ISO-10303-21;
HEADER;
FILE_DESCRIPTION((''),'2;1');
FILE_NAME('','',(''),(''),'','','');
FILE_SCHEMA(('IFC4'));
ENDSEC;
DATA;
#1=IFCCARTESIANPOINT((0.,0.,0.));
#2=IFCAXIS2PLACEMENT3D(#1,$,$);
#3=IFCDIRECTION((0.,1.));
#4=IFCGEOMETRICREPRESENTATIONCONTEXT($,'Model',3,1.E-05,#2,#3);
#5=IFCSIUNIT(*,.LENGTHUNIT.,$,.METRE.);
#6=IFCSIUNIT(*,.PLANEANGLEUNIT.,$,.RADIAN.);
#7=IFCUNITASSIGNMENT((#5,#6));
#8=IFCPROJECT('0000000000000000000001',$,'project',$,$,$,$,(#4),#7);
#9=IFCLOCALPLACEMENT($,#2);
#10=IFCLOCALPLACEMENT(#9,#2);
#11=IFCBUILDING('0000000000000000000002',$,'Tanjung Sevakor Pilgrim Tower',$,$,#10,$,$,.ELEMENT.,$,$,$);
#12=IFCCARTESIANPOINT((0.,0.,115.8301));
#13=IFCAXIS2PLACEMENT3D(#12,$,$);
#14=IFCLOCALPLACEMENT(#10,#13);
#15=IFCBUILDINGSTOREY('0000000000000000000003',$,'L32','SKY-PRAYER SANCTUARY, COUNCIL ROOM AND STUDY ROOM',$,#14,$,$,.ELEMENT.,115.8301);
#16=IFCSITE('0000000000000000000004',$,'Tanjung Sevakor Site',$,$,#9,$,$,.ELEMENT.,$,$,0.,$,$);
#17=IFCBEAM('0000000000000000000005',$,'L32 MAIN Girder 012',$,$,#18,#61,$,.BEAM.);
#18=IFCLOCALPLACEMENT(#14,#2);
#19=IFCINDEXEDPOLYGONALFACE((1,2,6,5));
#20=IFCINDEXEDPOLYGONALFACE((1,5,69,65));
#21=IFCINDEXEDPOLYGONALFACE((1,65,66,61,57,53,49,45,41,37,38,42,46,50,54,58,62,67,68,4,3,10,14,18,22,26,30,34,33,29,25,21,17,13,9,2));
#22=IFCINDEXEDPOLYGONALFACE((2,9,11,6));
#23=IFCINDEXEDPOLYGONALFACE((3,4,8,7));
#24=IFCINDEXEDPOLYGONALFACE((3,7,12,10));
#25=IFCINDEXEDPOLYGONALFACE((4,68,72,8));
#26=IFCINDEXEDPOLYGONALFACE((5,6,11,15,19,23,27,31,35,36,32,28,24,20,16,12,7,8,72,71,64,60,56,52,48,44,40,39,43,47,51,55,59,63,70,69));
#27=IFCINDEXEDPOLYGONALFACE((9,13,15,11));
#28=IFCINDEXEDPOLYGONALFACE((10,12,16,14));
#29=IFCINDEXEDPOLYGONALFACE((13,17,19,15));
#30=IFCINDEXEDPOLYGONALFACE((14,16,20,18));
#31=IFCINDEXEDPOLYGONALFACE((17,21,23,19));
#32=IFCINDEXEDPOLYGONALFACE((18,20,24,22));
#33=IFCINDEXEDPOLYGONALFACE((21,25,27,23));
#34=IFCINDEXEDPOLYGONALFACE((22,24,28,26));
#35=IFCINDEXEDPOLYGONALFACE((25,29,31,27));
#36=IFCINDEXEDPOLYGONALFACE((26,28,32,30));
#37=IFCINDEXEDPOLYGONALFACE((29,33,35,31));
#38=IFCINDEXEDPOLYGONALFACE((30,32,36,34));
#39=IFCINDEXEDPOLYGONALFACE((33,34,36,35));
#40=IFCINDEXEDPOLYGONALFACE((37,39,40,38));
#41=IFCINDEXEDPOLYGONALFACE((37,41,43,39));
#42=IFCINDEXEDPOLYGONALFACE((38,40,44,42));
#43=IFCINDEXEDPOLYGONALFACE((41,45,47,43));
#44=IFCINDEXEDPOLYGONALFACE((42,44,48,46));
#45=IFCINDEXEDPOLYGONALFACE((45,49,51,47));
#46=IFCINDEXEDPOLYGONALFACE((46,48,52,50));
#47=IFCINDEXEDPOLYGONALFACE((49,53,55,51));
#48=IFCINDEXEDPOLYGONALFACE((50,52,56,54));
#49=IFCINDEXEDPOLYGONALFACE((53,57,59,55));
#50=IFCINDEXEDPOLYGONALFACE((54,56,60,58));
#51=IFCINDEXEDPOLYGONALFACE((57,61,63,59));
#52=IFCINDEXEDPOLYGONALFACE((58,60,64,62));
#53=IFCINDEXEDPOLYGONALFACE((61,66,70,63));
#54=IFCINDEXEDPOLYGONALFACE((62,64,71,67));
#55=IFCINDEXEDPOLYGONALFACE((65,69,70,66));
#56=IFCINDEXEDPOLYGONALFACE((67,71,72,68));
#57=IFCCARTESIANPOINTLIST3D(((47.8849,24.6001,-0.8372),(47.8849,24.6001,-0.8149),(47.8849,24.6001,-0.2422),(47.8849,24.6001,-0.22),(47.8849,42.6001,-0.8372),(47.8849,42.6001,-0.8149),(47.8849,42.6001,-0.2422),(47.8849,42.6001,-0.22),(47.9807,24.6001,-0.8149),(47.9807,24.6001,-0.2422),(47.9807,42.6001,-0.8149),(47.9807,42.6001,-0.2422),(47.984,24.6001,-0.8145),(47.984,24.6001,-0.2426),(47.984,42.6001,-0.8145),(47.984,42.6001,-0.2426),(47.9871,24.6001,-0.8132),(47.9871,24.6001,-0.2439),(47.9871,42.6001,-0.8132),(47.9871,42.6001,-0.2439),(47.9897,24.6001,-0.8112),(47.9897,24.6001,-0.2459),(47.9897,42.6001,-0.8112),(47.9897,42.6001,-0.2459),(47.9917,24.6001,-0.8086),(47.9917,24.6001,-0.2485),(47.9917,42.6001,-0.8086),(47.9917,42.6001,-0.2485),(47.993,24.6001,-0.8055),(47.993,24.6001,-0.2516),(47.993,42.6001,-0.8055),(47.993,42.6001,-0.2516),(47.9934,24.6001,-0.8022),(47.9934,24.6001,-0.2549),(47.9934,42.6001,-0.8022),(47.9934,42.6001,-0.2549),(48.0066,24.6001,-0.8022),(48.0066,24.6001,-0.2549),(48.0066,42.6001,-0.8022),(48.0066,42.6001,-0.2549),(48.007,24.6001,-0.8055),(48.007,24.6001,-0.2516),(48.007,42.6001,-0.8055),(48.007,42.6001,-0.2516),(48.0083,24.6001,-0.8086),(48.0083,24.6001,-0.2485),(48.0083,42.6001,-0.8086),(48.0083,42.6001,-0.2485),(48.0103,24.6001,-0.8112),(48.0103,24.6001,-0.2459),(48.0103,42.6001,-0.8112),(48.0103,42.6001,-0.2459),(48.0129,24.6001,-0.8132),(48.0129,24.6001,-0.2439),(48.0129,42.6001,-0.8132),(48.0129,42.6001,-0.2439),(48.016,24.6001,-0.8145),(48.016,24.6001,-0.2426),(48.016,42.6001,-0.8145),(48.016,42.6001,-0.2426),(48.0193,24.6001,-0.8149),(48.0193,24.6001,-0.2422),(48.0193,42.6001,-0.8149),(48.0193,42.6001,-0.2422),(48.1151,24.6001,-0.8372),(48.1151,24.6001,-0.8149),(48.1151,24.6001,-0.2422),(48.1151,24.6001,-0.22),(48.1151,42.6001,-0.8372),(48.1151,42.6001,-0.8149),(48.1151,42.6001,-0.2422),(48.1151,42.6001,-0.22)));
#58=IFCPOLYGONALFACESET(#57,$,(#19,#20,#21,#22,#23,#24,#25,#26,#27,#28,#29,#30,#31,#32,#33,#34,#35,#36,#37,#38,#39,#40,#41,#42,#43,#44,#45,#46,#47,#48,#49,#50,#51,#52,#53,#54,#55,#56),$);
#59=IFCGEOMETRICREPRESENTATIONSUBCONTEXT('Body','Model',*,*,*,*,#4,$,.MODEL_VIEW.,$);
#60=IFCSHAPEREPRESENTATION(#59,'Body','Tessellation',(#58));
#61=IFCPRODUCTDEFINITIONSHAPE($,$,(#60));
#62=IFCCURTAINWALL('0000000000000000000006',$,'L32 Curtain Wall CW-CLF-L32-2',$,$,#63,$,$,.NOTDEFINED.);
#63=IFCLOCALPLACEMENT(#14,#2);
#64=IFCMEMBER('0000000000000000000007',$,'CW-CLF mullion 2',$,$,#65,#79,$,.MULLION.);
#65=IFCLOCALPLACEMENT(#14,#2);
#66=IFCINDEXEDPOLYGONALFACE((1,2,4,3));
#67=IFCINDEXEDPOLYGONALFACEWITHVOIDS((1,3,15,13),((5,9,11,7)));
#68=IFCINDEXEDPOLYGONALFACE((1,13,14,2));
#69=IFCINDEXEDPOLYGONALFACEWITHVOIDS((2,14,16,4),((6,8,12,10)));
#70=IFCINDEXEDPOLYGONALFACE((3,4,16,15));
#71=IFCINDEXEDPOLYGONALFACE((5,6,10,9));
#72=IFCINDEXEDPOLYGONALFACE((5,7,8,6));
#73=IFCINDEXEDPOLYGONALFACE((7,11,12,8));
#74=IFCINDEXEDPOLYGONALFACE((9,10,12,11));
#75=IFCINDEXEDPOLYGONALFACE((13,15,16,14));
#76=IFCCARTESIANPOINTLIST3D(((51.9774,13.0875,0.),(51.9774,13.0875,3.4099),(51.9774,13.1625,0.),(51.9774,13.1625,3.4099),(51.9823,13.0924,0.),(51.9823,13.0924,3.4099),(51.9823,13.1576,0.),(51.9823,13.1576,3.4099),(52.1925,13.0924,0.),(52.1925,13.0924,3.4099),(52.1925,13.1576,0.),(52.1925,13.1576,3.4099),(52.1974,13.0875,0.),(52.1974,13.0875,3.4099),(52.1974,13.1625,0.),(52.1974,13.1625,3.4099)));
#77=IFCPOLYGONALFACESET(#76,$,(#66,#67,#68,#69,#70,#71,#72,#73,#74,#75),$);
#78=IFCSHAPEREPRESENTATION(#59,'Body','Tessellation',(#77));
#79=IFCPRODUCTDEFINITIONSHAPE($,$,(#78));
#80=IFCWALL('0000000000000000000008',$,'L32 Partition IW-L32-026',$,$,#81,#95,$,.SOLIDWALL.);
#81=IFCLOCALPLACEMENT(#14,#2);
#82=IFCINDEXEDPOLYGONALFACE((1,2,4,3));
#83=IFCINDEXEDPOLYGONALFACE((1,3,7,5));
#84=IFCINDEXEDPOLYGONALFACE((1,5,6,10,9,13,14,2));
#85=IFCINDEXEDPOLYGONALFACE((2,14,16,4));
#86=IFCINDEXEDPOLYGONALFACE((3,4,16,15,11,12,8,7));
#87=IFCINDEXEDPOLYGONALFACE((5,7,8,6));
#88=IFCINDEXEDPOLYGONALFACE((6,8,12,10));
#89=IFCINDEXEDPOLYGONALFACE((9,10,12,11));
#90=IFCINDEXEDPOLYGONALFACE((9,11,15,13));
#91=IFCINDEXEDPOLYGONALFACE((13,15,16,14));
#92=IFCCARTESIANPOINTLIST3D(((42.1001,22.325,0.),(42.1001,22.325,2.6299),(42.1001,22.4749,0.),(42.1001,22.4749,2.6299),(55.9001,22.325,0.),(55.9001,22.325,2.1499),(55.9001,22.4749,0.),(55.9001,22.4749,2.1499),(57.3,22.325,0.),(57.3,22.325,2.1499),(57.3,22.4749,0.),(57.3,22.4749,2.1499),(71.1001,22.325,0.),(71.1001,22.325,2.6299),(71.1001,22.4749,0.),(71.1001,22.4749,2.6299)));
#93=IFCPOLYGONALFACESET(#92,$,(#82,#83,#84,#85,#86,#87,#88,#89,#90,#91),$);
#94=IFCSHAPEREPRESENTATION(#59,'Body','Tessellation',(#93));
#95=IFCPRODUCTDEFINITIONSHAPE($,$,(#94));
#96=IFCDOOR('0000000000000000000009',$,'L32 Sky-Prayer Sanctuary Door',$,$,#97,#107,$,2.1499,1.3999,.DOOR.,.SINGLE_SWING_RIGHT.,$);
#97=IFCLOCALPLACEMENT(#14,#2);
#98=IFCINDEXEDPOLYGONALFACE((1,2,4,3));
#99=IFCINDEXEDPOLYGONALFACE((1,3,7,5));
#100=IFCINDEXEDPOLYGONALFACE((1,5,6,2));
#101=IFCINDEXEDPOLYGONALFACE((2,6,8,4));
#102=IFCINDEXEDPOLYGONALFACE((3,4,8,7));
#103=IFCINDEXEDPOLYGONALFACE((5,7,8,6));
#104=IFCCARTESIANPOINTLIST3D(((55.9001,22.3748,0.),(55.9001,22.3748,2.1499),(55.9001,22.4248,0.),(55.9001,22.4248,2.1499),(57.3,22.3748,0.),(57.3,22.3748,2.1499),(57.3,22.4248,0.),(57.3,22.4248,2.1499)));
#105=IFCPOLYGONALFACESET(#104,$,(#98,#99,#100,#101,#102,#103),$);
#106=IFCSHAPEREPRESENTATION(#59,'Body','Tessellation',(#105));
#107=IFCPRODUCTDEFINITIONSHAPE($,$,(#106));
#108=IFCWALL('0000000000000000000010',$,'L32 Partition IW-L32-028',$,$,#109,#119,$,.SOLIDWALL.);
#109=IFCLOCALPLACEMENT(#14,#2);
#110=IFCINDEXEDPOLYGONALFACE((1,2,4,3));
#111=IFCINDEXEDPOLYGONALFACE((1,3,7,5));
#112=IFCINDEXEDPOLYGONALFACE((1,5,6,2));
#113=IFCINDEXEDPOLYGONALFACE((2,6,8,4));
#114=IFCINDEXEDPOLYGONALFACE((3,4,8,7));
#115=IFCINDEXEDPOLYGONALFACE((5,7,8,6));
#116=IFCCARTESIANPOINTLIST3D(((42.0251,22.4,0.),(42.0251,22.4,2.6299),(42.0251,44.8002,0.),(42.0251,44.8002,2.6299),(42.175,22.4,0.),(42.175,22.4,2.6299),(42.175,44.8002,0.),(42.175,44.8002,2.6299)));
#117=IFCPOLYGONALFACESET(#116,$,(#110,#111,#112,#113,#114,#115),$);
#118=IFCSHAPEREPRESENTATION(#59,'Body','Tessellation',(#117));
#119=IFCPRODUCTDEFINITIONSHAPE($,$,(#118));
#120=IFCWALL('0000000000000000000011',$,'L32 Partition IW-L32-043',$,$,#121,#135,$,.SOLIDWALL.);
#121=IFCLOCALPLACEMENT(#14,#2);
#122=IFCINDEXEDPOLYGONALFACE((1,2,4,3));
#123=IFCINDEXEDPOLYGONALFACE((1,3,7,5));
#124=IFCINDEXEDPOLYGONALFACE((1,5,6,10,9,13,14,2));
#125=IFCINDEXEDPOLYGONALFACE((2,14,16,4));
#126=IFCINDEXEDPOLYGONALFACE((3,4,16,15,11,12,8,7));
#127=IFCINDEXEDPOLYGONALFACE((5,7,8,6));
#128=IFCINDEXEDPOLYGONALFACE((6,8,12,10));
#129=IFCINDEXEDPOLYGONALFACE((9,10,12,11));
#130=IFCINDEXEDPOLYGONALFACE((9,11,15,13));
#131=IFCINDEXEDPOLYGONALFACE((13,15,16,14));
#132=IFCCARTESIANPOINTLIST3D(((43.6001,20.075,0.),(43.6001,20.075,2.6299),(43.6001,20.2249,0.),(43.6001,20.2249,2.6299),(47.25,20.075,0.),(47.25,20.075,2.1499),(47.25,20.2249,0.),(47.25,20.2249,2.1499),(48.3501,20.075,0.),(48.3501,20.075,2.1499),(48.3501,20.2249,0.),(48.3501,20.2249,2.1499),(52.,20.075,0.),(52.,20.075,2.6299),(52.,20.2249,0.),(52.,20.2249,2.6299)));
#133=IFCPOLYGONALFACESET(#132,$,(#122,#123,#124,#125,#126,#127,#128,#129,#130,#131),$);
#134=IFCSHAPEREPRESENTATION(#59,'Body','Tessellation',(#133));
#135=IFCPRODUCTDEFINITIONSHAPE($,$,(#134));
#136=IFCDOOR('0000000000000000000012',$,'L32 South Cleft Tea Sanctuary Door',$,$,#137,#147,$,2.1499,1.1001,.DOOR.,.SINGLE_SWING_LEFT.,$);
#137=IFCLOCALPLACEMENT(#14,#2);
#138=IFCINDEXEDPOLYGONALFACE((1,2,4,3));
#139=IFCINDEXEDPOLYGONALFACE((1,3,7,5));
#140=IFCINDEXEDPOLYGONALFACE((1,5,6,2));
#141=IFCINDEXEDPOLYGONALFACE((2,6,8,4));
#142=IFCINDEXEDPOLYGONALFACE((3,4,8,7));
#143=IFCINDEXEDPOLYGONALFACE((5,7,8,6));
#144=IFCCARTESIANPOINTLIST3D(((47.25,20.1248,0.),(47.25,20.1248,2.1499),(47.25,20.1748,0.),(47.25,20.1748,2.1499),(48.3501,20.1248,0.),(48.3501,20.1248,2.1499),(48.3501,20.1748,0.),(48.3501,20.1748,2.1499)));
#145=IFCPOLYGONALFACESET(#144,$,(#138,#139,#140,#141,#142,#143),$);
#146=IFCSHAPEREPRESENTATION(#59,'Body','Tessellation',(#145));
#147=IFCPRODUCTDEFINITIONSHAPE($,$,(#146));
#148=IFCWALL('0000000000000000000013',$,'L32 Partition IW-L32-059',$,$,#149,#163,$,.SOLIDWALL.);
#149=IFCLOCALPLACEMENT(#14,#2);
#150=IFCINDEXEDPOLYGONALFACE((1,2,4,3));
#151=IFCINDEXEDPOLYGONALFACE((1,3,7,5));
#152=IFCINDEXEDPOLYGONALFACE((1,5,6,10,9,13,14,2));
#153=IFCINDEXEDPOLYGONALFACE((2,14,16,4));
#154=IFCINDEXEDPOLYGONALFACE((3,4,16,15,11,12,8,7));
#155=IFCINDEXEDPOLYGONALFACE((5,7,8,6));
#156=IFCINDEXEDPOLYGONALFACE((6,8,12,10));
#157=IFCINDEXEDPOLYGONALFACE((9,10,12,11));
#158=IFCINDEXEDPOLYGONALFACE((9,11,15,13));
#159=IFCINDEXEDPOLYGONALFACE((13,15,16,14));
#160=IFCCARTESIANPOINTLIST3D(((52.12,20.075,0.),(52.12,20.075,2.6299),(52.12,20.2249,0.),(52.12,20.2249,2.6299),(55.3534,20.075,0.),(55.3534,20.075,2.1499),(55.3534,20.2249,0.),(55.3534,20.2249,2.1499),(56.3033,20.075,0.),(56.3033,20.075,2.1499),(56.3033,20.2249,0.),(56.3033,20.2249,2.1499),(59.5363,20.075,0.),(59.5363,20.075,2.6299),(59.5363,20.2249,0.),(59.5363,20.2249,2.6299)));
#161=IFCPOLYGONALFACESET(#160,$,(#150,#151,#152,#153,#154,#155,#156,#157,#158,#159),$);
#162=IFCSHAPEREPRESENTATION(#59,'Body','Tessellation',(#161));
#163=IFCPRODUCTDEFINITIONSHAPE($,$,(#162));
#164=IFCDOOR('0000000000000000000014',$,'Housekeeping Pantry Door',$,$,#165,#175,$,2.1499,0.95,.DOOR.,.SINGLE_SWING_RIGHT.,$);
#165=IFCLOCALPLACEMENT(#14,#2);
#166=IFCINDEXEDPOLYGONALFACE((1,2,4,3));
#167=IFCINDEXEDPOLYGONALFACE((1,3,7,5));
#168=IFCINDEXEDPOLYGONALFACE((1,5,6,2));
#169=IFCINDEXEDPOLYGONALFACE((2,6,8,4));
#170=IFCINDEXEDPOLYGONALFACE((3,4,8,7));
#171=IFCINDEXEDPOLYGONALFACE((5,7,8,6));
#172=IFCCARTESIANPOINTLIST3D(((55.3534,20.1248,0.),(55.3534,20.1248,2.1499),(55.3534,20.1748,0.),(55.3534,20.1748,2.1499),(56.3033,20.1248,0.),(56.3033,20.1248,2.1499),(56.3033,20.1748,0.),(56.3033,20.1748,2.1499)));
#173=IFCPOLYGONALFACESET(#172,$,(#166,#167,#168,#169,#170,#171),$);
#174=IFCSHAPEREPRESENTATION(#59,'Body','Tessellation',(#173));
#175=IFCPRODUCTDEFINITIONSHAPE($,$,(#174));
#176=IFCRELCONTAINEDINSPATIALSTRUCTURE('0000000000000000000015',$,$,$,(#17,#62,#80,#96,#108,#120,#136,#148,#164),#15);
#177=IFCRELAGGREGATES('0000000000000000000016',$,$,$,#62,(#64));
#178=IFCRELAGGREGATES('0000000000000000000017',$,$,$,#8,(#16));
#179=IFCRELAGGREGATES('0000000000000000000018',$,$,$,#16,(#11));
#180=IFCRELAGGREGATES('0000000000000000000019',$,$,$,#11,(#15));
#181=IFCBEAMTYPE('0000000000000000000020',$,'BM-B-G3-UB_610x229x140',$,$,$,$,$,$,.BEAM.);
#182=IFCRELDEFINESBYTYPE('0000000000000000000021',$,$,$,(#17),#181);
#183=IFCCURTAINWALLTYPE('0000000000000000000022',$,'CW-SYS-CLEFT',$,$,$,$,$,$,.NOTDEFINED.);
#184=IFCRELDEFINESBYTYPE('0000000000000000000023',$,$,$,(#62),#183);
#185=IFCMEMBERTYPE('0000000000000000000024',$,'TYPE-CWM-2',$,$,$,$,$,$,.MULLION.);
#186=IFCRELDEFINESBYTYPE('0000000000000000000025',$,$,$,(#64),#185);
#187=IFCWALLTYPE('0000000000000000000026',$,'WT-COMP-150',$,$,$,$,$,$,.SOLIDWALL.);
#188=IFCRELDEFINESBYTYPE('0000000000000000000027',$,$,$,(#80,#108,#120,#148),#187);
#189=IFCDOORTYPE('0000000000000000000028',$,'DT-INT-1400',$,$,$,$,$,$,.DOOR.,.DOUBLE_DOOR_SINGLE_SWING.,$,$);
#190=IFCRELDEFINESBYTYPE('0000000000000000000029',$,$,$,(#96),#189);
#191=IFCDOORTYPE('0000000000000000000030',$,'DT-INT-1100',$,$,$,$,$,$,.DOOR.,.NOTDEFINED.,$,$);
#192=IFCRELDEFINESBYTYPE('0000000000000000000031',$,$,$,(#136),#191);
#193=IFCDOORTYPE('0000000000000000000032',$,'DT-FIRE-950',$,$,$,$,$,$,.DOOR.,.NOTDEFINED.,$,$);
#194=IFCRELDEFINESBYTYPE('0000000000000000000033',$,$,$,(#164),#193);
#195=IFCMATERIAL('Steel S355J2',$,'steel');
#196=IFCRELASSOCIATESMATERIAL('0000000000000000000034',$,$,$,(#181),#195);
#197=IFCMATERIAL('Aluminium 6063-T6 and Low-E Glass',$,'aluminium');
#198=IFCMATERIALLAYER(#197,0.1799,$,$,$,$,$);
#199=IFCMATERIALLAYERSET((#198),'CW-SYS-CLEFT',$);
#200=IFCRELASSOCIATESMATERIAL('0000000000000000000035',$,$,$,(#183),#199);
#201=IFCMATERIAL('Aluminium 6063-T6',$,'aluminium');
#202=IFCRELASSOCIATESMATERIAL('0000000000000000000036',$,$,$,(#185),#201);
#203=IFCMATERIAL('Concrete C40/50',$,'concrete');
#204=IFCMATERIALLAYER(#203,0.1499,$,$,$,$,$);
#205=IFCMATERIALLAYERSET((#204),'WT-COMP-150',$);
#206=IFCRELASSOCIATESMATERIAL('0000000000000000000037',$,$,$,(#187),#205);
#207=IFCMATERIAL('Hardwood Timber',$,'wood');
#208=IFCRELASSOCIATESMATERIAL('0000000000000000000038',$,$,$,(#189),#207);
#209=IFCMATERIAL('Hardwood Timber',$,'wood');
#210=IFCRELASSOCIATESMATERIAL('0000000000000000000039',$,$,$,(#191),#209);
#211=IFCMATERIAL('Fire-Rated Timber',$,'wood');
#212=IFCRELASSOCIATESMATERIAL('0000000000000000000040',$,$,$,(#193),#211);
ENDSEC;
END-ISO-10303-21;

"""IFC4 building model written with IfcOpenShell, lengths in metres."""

from ifc_helpers import new_model, si_unit, direction, frame, frame_2d, origin, origin_2d, place, context, subcontext, project, spatial, rectangle, hollow_rectangle, i_section, extrude, material, layer, layer_set, material_profile, profile_set, type_object, element, fill, aggregate, save


model = new_model("IFC4")

# Units and contexts
model_context = context("Model", 3, precision=1e-05, world=origin(), true_north=direction((0.0, 1.0)))
body_context = subcontext(model_context, "Body", "Model", "MODEL_VIEW")
ifc_project = project(units=[si_unit("LENGTHUNIT", "METRE"), si_unit("PLANEANGLEUNIT", "RADIAN")], contexts=[model_context])

# Site, building, storey
site_placement = place(None, origin())
site = spatial("IfcSite", under=ifc_project, at=site_placement, Name="Tanjung Sevakor Site", CompositionType="ELEMENT", RefElevation=0.0)
building_placement = place(site_placement, origin())
building = spatial("IfcBuilding", under=site, at=building_placement, Name="Tanjung Sevakor Pilgrim Tower", CompositionType="ELEMENT")
storey_placement = place(building_placement, frame((0.0, 0.0, 115.8301)))
storey = spatial("IfcBuildingStorey", under=building, at=storey_placement, Name="L32", Description="SKY-PRAYER SANCTUARY, COUNCIL ROOM AND STUDY ROOM", CompositionType="ELEMENT", Elevation=115.8301)

# Beam
ifc_material_1 = material(Name="Steel S355J2", Category="steel")
ifc_material_profile_1 = material_profile(ifc_material_1, i_section(OverallWidth=0.2302, OverallDepth=0.6172, WebThickness=0.0132, FlangeThickness=0.0222, FilletRadius=0.0127, at=origin_2d()))
ifc_profile_set_1 = profile_set([ifc_material_profile_1], Name="Steel S355J2")
beam_type_1 = type_object("IfcBeamType", Name="BM-B-G3-UB_610x229x140", PredefinedType="BEAM", material=ifc_profile_set_1)
for number, where, z_axis, x_axis, name in (
    (1, (48.0, 24.6001, -0.5286), (0.0, 1.0, 0.0), (-1.0, 0.0, 0.0), "L32 MAIN Girder 012"),
):
    element("IfcBeam", number, at=place(storey_placement, frame(where, z_axis=z_axis, x_axis=x_axis)), inside=storey, type_object=beam_type_1, Name=name, PredefinedType="BEAM", context=body_context, shape_type="SweptSolid", body=[
        extrude(i_section(OverallWidth=0.2302, OverallDepth=0.6172, WebThickness=0.0132, FlangeThickness=0.0222, FilletRadius=0.0127, at=origin_2d()), origin(), (0.0, 0.0, 1.0), 18.0),
    ])

# Curtain wall, member
ifc_material_2 = material(Name="Aluminium 6063-T6 and Low-E Glass", Category="aluminium")
ifc_layer_1 = layer(ifc_material_2, 0.1799)
ifc_layer_set_1 = layer_set([ifc_layer_1], Name="CW-SYS-CLEFT")
curtain_wall_type = type_object("IfcCurtainWallType", Name="CW-SYS-CLEFT", PredefinedType="NOTDEFINED", material=ifc_layer_set_1)
curtain_wall_placement = place(storey_placement, origin())
curtain_wall = element("IfcCurtainWall", 2, at=curtain_wall_placement, inside=storey, type_object=curtain_wall_type, Name="L32 Curtain Wall CW-CLF-L32-2", PredefinedType="NOTDEFINED")
ifc_material_3 = material(Name="Aluminium 6063-T6", Category="aluminium")
ifc_material_profile_2 = material_profile(ifc_material_3, hollow_rectangle(XDim=0.075, YDim=0.22, WallThickness=0.0049, at=origin_2d()))
ifc_profile_set_2 = profile_set([ifc_material_profile_2], Name="Aluminium 6063-T6")
member_type = type_object("IfcMemberType", Name="TYPE-CWM-2", PredefinedType="MULLION", material=ifc_profile_set_2)
member_placement = place(storey_placement, frame((52.0874, 13.125, 0.0), z_axis=(0.0, 0.0, 1.0), x_axis=(0.0, 1.0, 0.0)))
member = element("IfcMember", 3, at=member_placement, type_object=member_type, Name="CW-CLF mullion 2", PredefinedType="MULLION", context=body_context, shape_type="SweptSolid", body=[
    extrude(hollow_rectangle(XDim=0.075, YDim=0.22, WallThickness=0.0049, at=origin_2d()), origin(), (0.0, 0.0, 1.0), 3.4099),
])
aggregate(curtain_wall, [member])

# Wall, opening, door
ifc_material_4 = material(Name="Concrete C40/50", Category="concrete")
ifc_layer_2 = layer(ifc_material_4, 0.1499)
ifc_layer_set_2 = layer_set([ifc_layer_2], Name="WT-COMP-150")
wall_type_1 = type_object("IfcWallType", Name="WT-COMP-150", PredefinedType="SOLIDWALL", material=ifc_layer_set_2)
wall_1_placement = place(storey_placement, frame((42.1001, 22.3999, 0.0), z_axis=(0.0, 0.0, 1.0), x_axis=(1.0, 0.0, 0.0)))
wall_1 = element("IfcWall", 4, at=wall_1_placement, inside=storey, type_object=wall_type_1, Name="L32 Partition IW-L32-026", PredefinedType="SOLIDWALL", context=body_context, shape_type="SweptSolid", body=[
    extrude(rectangle(XDim=29.0, YDim=0.1499, at=frame_2d((14.5, 0.0))), origin(), (0.0, 0.0, 1.0), 2.6299),
])
opening_1_placement = place(wall_1_placement, frame((13.8, 0.0, 0.0)))
opening_1 = element("IfcOpeningElement", 5, at=opening_1_placement, cuts=wall_1, PredefinedType="OPENING", context=body_context, shape_type="SweptSolid", body=[
    extrude(rectangle(XDim=1.3999, YDim=2.1499, at=frame_2d((0.7, 1.075))), frame((0.0, 0.085, 0.0), z_axis=(0.0, -1.0, 0.0), x_axis=(1.0, 0.0, 0.0)), (0.0, 0.0, 1.0), 0.1699),
])
ifc_material_5 = material(Name="Hardwood Timber", Category="wood")
door_type_1 = type_object("IfcDoorType", Name="DT-INT-1400", OperationType="DOUBLE_DOOR_SINGLE_SWING", PredefinedType="DOOR", material=ifc_material_5)
door_1_placement = place(opening_1_placement, origin())
door_1 = element("IfcDoor", 6, at=door_1_placement, inside=storey, type_object=door_type_1, Name="L32 Sky-Prayer Sanctuary Door", OperationType="SINGLE_SWING_RIGHT", OverallHeight=2.1499, OverallWidth=1.3999, PredefinedType="DOOR", context=body_context, shape_type="SweptSolid", body=[
    extrude(rectangle(XDim=1.3999, YDim=2.1499, at=frame_2d((0.7, 1.075))), frame((0.0, 0.0249, 0.0), z_axis=(0.0, -1.0, 0.0), x_axis=(1.0, 0.0, 0.0)), (0.0, 0.0, 1.0), 0.05),
])
fill(opening_1, door_1)

# Wall
wall_2_placement = place(storey_placement, frame((42.1001, 22.3999, 0.0), z_axis=(0.0, 0.0, 1.0), x_axis=(0.0, 1.0, 0.0)))
element("IfcWall", 7, at=wall_2_placement, inside=storey, type_object=wall_type_1, Name="L32 Partition IW-L32-028", PredefinedType="SOLIDWALL", context=body_context, shape_type="SweptSolid", body=[
    extrude(rectangle(XDim=22.4001, YDim=0.1499, at=frame_2d((11.2002, 0.0))), origin(), (0.0, 0.0, 1.0), 2.6299),
])

# Walls, openings, doors
wall_3_placement = place(storey_placement, frame((43.6001, 20.1499, 0.0), z_axis=(0.0, 0.0, 1.0), x_axis=(1.0, 0.0, 0.0)))
wall_3 = element("IfcWall", 8, at=wall_3_placement, inside=storey, type_object=wall_type_1, Name="L32 Partition IW-L32-043", PredefinedType="SOLIDWALL", context=body_context, shape_type="SweptSolid", body=[
    extrude(rectangle(XDim=8.3999, YDim=0.1499, at=frame_2d((4.2, 0.0))), origin(), (0.0, 0.0, 1.0), 2.6299),
])
opening_2_placement = place(wall_3_placement, frame((3.6499, 0.0, 0.0)))
opening_2 = element("IfcOpeningElement", 9, at=opening_2_placement, cuts=wall_3, PredefinedType="OPENING", context=body_context, shape_type="SweptSolid", body=[
    extrude(rectangle(XDim=1.1001, YDim=2.1499, at=frame_2d((0.55, 1.075))), frame((0.0, 0.085, 0.0), z_axis=(0.0, -1.0, 0.0), x_axis=(1.0, 0.0, 0.0)), (0.0, 0.0, 1.0), 0.1699),
])
ifc_material_6 = material(Name="Hardwood Timber", Category="wood")
door_type_2 = type_object("IfcDoorType", Name="DT-INT-1100", OperationType="NOTDEFINED", PredefinedType="DOOR", material=ifc_material_6)
door_2_placement = place(opening_2_placement, origin())
door_2 = element("IfcDoor", 10, at=door_2_placement, inside=storey, type_object=door_type_2, Name="L32 South Cleft Tea Sanctuary Door", OperationType="SINGLE_SWING_LEFT", OverallHeight=2.1499, OverallWidth=1.1001, PredefinedType="DOOR", context=body_context, shape_type="SweptSolid", body=[
    extrude(rectangle(XDim=1.1001, YDim=2.1499, at=frame_2d((0.55, 1.075))), frame((0.0, 0.0249, 0.0), z_axis=(0.0, -1.0, 0.0), x_axis=(1.0, 0.0, 0.0)), (0.0, 0.0, 1.0), 0.05),
])
fill(opening_2, door_2)
wall_4_placement = place(storey_placement, frame((52.1201, 20.1499, 0.0), z_axis=(0.0, 0.0, 1.0), x_axis=(1.0, 0.0, 0.0)))
wall_4 = element("IfcWall", 11, at=wall_4_placement, inside=storey, type_object=wall_type_1, Name="L32 Partition IW-L32-059", PredefinedType="SOLIDWALL", context=body_context, shape_type="SweptSolid", body=[
    extrude(rectangle(XDim=7.4163, YDim=0.1499, at=frame_2d((3.708, 0.0))), origin(), (0.0, 0.0, 1.0), 2.6299),
])
opening_3_placement = place(wall_4_placement, frame((3.2332, 0.0, 0.0)))
opening_3 = element("IfcOpeningElement", 12, at=opening_3_placement, cuts=wall_4, PredefinedType="OPENING", context=body_context, shape_type="SweptSolid", body=[
    extrude(rectangle(XDim=0.95, YDim=2.1499, at=frame_2d((0.4751, 1.075))), frame((0.0, 0.085, 0.0), z_axis=(0.0, -1.0, 0.0), x_axis=(1.0, 0.0, 0.0)), (0.0, 0.0, 1.0), 0.1699),
])
ifc_material_7 = material(Name="Fire-Rated Timber", Category="wood")
door_type_3 = type_object("IfcDoorType", Name="DT-FIRE-950", OperationType="NOTDEFINED", PredefinedType="DOOR", material=ifc_material_7)
door_3_placement = place(opening_3_placement, origin())
door_3 = element("IfcDoor", 13, at=door_3_placement, inside=storey, type_object=door_type_3, Name="Housekeeping Pantry Door", OperationType="SINGLE_SWING_RIGHT", OverallHeight=2.1499, OverallWidth=0.95, PredefinedType="DOOR", context=body_context, shape_type="SweptSolid", body=[
    extrude(rectangle(XDim=0.95, YDim=2.1499, at=frame_2d((0.4751, 1.075))), frame((0.0, 0.0249, 0.0), z_axis=(0.0, -1.0, 0.0), x_axis=(1.0, 0.0, 0.0)), (0.0, 0.0, 1.0), 0.05),
])
fill(opening_3, door_3)

save(model, "model.ifc")
